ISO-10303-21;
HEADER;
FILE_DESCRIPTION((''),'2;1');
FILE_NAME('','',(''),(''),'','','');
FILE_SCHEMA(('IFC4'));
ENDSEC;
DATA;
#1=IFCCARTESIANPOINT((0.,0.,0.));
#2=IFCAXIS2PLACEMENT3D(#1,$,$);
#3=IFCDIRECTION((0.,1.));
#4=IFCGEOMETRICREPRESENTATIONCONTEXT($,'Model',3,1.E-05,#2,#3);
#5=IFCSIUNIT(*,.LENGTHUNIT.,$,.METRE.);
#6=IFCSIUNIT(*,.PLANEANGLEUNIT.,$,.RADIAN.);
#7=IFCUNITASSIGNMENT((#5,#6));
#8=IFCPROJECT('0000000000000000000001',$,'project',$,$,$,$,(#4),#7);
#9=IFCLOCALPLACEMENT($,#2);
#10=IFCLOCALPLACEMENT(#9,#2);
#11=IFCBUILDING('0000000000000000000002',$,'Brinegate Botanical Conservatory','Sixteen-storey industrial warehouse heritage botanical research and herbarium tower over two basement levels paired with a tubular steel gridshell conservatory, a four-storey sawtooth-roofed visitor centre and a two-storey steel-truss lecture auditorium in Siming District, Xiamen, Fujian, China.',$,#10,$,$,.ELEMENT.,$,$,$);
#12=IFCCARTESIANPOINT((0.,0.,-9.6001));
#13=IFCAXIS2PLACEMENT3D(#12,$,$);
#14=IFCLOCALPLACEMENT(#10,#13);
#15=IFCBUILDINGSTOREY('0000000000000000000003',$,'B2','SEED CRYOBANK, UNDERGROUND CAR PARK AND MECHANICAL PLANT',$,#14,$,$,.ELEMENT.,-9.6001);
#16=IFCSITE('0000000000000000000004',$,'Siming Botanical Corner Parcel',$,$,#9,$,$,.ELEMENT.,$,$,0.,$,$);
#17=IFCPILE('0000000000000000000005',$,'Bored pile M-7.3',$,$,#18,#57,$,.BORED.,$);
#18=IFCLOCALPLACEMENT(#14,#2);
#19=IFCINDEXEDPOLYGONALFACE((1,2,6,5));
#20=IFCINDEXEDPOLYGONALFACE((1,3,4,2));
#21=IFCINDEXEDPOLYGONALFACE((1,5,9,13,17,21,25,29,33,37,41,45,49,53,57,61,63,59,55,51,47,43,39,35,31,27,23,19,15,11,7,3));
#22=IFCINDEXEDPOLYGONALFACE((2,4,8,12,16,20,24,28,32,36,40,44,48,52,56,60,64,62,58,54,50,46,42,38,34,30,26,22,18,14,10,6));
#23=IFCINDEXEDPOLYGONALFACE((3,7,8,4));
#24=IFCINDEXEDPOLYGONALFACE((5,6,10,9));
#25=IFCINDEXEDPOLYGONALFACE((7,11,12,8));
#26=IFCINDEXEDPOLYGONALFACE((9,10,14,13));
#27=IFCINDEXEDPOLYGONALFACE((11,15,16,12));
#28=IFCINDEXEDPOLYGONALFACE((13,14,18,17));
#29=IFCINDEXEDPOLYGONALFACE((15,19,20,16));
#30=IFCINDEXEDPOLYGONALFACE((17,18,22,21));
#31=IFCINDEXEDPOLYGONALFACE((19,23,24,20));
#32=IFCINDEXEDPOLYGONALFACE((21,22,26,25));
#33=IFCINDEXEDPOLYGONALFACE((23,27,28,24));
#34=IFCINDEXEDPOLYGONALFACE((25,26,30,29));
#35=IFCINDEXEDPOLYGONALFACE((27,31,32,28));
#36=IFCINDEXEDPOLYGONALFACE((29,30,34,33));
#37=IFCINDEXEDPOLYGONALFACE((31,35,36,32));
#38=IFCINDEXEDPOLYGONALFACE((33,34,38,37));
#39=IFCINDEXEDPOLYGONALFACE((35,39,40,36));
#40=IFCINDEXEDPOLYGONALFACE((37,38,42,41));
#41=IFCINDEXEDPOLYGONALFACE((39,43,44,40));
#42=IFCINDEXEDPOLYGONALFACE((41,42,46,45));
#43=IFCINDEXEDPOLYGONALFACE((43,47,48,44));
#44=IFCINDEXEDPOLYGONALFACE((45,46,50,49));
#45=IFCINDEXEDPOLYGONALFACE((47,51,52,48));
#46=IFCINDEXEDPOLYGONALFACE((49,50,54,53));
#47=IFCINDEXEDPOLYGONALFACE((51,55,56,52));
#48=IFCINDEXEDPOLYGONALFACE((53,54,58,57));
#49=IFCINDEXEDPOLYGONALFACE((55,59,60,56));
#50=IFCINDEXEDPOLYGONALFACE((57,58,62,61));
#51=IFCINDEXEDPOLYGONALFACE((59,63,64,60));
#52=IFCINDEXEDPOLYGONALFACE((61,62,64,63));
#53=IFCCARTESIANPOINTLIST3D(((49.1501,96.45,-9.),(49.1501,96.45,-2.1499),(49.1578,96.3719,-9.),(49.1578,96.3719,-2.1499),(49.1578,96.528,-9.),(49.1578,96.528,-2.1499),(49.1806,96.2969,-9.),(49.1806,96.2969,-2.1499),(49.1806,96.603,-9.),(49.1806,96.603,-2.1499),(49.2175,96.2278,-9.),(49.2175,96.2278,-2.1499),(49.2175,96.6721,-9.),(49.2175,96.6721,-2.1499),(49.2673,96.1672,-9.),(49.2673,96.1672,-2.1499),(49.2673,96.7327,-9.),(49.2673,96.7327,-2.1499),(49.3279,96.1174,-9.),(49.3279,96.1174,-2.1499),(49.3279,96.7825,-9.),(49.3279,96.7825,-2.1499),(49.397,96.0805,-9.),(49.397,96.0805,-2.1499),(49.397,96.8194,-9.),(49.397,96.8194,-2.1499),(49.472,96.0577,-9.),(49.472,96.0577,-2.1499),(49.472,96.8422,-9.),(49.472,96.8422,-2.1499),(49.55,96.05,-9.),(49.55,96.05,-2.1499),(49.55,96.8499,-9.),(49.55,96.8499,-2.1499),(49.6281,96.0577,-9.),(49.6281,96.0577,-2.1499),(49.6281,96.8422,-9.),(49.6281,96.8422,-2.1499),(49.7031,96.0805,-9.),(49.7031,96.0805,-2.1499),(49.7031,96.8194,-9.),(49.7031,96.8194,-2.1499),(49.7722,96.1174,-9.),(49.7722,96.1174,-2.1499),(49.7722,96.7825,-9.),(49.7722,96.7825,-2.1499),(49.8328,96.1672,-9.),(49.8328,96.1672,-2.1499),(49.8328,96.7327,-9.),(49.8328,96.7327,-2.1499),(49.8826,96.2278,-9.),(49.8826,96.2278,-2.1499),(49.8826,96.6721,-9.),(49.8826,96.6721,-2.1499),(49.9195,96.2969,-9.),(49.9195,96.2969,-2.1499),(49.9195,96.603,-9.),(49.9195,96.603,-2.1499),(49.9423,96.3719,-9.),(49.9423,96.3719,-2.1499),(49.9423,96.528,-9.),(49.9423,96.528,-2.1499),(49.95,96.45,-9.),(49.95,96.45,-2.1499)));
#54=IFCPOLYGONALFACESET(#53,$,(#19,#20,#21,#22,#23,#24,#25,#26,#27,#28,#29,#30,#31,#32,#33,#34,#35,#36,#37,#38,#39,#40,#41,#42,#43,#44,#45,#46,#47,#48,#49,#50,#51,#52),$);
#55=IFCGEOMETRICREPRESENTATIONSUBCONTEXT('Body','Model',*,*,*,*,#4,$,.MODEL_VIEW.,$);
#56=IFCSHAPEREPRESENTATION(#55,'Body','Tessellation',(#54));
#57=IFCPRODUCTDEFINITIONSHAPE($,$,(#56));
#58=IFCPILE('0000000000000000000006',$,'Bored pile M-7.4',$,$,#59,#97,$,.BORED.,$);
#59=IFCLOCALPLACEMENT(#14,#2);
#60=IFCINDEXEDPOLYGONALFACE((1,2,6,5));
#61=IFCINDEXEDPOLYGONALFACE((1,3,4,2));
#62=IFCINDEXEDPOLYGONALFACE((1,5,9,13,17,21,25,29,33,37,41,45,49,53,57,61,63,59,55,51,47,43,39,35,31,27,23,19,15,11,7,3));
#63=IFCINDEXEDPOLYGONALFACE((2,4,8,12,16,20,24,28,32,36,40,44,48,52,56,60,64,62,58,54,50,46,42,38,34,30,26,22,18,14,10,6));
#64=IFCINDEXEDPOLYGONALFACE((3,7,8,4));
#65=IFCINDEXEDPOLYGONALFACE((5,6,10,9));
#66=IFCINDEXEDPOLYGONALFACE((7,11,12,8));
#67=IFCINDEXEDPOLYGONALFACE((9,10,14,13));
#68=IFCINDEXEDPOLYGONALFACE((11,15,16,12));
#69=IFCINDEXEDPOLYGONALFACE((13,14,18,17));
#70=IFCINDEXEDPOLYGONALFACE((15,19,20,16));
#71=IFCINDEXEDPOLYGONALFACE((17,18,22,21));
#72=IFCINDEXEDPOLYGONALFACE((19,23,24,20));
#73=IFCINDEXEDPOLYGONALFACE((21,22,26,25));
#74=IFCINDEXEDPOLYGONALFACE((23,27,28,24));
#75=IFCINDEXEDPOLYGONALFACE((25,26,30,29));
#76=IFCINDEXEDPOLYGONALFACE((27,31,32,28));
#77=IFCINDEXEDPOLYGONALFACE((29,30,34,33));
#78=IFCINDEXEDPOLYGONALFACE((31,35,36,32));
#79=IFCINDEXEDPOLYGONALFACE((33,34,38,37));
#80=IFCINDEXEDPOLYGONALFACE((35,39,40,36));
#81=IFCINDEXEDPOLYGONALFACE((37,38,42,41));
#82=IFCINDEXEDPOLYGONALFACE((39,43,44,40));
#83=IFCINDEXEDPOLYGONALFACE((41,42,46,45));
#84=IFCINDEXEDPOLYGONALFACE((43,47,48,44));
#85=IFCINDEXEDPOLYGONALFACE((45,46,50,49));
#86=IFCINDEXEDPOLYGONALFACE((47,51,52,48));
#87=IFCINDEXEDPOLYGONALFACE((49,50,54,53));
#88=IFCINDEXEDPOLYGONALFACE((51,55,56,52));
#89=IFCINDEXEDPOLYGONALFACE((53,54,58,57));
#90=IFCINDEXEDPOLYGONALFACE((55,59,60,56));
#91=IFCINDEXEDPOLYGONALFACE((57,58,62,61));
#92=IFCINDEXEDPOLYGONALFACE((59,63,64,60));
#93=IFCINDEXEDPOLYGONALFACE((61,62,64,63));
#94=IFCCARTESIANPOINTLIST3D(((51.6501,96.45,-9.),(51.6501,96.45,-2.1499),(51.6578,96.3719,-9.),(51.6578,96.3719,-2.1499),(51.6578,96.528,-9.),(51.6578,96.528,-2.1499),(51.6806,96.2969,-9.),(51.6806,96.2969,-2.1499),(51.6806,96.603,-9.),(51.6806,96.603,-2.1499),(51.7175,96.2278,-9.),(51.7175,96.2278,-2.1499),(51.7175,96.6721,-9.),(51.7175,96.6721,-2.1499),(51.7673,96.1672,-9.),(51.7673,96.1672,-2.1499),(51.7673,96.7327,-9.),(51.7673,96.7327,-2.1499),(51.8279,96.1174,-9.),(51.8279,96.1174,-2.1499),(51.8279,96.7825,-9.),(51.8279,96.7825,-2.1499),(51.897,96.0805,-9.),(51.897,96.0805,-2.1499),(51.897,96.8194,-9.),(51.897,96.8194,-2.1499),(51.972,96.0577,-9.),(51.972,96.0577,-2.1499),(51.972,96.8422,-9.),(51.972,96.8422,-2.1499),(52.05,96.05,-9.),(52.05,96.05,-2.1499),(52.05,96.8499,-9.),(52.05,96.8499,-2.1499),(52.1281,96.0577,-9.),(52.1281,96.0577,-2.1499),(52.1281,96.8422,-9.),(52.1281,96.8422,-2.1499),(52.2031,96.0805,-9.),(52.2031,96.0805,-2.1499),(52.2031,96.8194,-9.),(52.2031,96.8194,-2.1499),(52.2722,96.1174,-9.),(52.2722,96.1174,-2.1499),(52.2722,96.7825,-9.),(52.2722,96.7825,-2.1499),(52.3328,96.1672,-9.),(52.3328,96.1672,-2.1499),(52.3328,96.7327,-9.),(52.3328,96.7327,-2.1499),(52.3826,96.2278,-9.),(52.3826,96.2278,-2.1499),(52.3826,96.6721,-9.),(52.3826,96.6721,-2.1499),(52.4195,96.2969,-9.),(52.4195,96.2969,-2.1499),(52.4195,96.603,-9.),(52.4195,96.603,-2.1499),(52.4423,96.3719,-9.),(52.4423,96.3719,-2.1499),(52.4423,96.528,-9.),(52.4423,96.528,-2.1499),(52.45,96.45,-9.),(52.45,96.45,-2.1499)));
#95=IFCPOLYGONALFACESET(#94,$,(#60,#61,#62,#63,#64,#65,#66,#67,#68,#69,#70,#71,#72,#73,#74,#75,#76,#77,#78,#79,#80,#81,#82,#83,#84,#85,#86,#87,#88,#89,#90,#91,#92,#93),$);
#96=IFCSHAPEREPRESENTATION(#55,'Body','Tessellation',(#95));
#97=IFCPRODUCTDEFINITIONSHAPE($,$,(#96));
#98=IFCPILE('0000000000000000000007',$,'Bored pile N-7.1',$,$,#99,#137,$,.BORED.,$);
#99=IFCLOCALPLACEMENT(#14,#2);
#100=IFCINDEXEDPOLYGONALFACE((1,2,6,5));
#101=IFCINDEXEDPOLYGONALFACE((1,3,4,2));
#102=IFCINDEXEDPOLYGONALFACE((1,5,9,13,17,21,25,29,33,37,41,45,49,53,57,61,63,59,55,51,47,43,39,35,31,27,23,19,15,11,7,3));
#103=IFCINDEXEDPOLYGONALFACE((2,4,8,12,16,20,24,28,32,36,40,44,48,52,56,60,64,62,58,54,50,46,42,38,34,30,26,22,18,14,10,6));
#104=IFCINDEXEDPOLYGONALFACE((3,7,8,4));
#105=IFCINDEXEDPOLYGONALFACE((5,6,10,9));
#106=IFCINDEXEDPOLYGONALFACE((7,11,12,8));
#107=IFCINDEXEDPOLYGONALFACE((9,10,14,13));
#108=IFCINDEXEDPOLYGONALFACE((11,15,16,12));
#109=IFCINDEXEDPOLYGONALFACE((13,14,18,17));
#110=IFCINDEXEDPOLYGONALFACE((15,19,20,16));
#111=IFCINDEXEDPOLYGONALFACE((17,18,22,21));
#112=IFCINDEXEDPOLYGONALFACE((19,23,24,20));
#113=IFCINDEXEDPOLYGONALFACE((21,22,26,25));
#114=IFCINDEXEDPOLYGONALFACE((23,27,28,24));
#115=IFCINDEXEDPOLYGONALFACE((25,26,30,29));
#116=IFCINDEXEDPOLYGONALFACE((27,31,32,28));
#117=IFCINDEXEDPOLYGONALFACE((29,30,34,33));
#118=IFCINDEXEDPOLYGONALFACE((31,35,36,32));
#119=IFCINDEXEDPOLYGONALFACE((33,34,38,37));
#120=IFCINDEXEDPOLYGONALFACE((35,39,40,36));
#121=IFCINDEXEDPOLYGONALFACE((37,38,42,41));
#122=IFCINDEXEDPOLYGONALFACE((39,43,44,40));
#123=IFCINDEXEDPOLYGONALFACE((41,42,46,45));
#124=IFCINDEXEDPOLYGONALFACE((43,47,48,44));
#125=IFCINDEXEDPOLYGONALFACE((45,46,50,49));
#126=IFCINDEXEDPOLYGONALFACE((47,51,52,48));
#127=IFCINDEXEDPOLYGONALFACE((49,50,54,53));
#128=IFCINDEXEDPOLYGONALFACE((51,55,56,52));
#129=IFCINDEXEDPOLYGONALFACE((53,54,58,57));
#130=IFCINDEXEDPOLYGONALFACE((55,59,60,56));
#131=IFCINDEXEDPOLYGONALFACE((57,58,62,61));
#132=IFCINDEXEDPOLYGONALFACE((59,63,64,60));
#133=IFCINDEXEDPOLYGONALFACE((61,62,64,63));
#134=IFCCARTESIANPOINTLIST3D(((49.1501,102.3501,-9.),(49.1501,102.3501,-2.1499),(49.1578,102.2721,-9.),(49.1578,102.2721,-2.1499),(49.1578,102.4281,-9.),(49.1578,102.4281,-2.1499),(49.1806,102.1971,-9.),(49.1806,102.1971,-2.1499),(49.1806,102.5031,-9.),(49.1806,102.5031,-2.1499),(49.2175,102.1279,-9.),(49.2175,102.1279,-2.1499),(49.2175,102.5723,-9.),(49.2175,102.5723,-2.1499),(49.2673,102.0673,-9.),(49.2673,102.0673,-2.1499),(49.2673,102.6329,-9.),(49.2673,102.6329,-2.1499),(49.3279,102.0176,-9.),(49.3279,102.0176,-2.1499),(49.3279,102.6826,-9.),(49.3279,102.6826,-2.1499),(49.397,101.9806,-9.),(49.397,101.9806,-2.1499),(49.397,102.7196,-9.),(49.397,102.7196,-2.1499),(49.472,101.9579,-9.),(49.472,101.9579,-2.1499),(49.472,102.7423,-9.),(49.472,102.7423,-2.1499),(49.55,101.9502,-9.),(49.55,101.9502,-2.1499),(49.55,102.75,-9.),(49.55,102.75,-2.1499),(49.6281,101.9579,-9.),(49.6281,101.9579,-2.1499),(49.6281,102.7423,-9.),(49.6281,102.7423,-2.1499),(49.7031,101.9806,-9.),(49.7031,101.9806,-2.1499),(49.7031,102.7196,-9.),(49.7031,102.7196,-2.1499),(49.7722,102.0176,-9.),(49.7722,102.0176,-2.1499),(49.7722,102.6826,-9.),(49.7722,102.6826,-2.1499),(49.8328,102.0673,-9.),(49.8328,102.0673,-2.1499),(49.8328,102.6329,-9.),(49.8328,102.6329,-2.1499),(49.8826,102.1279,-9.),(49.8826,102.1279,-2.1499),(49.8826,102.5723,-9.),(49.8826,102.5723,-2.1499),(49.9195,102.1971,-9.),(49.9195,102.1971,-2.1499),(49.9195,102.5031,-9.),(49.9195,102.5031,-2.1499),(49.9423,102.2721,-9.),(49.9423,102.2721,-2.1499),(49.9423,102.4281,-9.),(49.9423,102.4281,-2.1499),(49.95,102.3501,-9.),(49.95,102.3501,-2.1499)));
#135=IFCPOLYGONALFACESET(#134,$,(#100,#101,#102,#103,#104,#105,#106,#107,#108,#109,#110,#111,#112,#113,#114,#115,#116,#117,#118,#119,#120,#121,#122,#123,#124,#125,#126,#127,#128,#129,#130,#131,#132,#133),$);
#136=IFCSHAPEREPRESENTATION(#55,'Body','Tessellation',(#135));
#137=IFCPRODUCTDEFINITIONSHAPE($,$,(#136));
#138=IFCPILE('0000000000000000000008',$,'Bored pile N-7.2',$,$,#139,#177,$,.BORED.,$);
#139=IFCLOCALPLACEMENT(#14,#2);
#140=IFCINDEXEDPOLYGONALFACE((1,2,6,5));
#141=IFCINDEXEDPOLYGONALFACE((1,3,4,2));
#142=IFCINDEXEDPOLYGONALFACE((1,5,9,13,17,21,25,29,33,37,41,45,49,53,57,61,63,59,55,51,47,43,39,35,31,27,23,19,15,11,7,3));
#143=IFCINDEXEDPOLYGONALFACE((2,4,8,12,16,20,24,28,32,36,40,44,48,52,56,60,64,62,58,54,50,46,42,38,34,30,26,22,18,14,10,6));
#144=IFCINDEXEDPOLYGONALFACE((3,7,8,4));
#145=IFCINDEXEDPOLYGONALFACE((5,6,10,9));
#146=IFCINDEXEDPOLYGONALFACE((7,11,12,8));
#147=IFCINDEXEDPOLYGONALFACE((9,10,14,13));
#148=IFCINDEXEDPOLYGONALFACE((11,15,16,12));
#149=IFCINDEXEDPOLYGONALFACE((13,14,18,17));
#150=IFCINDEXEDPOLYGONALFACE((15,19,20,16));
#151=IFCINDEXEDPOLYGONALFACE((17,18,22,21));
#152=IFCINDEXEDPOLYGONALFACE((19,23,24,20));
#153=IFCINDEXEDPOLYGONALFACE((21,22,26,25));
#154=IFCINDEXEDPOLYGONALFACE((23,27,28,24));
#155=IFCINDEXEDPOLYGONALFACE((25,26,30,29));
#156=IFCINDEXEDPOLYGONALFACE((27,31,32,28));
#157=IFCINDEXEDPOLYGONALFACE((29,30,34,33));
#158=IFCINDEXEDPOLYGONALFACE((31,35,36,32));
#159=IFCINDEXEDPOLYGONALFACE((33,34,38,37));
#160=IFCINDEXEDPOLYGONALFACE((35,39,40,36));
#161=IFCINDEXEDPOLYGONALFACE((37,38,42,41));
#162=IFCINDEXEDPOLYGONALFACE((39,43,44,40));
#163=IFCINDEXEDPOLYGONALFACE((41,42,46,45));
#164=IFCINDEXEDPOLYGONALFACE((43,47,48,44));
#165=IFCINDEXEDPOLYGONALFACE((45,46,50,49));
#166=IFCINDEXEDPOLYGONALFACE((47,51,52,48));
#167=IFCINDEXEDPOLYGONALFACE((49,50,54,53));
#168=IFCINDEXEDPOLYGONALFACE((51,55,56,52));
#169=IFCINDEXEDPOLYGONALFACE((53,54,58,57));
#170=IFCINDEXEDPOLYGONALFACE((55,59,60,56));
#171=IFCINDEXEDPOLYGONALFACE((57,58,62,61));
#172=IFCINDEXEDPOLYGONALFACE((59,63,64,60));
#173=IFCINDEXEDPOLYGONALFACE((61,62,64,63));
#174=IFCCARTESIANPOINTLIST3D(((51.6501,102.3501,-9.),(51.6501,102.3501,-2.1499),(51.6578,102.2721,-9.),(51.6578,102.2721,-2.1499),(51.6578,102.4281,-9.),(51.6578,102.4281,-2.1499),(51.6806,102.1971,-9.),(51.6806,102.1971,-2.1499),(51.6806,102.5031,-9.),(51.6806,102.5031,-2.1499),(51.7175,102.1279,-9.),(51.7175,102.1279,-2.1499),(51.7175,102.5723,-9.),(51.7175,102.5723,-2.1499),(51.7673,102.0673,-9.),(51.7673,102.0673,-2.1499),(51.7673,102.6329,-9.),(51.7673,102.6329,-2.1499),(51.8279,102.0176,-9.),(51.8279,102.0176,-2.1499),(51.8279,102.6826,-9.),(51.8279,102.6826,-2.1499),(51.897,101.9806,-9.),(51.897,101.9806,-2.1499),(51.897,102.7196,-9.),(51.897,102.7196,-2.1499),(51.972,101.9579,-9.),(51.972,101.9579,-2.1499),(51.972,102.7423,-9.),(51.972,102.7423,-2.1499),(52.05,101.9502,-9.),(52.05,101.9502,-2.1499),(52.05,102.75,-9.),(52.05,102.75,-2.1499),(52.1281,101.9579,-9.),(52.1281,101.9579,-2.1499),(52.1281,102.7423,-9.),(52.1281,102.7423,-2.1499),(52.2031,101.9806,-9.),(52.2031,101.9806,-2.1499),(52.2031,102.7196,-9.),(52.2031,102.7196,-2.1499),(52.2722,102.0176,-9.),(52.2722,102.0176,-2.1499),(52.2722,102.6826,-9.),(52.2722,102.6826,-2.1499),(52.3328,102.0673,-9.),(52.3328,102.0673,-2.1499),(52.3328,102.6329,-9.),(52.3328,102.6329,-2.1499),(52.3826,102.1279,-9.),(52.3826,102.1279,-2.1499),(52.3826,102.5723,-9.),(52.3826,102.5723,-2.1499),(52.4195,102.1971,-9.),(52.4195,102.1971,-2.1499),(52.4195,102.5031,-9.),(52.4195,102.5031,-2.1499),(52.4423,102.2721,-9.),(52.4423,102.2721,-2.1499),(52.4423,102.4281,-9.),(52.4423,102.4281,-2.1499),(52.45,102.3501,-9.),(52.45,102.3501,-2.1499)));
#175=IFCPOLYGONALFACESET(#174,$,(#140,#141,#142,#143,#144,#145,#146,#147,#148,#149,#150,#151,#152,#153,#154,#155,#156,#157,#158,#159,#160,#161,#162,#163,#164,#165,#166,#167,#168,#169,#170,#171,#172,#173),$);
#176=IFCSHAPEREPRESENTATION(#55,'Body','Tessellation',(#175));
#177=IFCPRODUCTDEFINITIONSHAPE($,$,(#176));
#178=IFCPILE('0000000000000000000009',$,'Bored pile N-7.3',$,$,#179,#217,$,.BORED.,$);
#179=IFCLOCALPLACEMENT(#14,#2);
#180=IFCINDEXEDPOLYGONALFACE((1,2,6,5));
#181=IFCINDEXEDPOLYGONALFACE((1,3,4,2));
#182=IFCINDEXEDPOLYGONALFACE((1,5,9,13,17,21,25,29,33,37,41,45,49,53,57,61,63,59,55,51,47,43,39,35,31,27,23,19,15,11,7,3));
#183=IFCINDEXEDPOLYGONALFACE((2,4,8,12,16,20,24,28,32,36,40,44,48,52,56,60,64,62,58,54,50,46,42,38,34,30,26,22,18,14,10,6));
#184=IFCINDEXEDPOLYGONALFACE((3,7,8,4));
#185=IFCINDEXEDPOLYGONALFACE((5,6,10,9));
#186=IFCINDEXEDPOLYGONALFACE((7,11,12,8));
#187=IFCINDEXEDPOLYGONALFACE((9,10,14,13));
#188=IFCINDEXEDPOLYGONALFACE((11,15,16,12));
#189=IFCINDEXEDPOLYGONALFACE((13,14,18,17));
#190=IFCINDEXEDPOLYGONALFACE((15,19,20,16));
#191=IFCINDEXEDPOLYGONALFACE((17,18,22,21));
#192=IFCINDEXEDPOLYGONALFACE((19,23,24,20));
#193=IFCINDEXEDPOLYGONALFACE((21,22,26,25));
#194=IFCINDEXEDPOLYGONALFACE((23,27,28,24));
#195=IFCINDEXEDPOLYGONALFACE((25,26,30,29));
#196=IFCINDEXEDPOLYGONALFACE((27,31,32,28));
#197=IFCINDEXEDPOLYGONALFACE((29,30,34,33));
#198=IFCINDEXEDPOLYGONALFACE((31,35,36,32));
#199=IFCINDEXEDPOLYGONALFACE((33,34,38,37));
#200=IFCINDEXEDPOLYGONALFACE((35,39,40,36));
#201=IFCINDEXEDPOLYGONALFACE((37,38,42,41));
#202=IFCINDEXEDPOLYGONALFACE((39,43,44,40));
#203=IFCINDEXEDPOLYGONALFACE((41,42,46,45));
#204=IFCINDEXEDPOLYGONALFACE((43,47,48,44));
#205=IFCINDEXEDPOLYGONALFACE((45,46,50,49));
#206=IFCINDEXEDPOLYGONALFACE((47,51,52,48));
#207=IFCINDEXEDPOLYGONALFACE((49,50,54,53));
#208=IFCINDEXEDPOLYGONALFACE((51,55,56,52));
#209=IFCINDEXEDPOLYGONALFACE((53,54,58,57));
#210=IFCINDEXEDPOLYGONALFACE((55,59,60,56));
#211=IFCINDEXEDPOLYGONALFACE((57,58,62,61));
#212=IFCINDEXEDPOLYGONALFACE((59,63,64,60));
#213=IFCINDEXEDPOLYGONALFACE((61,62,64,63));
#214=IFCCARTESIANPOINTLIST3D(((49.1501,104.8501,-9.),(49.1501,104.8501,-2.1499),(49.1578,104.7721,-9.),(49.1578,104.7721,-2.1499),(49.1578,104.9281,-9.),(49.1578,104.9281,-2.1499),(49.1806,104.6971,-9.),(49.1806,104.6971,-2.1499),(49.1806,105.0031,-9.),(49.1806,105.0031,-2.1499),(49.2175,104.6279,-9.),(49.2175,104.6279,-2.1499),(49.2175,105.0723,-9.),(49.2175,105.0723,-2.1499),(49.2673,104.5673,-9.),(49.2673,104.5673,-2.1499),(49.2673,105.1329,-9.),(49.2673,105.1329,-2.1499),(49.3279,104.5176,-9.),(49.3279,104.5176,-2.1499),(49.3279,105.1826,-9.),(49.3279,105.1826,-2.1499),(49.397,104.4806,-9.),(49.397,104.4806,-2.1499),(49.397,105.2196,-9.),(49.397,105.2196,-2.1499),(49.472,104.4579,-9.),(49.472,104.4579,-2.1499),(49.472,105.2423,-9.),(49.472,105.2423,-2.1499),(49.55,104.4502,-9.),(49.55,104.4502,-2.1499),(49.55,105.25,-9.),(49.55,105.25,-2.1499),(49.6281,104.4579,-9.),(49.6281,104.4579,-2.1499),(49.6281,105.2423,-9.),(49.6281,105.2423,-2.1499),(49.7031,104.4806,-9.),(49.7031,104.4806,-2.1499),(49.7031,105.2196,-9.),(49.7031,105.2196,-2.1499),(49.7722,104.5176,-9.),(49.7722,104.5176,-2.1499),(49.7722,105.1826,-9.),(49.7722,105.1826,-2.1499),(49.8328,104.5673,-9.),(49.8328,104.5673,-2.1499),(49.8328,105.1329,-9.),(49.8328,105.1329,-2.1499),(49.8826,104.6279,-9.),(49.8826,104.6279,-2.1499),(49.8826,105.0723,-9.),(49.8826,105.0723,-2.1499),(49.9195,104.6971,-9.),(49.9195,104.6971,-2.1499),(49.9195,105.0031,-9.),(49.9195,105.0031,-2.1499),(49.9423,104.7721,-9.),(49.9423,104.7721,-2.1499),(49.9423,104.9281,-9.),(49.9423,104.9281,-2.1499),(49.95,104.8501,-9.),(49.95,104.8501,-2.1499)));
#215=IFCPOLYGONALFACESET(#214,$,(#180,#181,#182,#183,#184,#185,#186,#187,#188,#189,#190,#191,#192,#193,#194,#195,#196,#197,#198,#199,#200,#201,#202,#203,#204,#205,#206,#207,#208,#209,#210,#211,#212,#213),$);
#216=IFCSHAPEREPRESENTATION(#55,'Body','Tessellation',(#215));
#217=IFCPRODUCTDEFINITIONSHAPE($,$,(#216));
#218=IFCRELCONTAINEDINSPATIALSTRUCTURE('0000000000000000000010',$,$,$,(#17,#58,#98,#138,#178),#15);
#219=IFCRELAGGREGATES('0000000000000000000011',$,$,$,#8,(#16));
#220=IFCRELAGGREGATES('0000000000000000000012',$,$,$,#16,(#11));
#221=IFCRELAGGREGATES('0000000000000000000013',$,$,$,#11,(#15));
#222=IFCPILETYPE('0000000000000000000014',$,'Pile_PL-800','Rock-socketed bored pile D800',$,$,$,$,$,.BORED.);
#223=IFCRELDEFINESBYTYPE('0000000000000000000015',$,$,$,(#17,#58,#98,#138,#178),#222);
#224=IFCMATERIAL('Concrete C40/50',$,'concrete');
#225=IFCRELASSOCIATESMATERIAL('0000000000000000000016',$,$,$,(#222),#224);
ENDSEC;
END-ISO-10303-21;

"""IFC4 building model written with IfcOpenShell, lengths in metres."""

from ifc_helpers import new_model, si_unit, direction, frame, origin, origin_2d, place, context, subcontext, project, spatial, circle, extrude, material, material_profile, profile_set, type_object, element, save


model = new_model("IFC4")

# Units and contexts
model_context = context("Model", 3, precision=1e-05, world=origin(), true_north=direction((0.0, 1.0)))
body_context = subcontext(model_context, "Body", "Model", "MODEL_VIEW")
ifc_project = project(units=[si_unit("LENGTHUNIT", "METRE"), si_unit("PLANEANGLEUNIT", "RADIAN")], contexts=[model_context])

# Site, building, storey
site_placement = place(None, origin())
site = spatial("IfcSite", under=ifc_project, at=site_placement, Name="Siming Botanical Corner Parcel", CompositionType="ELEMENT", RefElevation=0.0)
building_placement = place(site_placement, origin())
building = spatial("IfcBuilding", under=site, at=building_placement, Name="Brinegate Botanical Conservatory", Description="Sixteen-storey industrial warehouse heritage botanical research and herbarium tower over two basement levels paired with a tubular steel gridshell conservatory, a four-storey sawtooth-roofed visitor centre and a two-storey steel-truss lecture auditorium in Siming District, Xiamen, Fujian, China.", CompositionType="ELEMENT")
storey_placement = place(building_placement, frame((0.0, 0.0, -9.6001)))
storey = spatial("IfcBuildingStorey", under=building, at=storey_placement, Name="B2", Description="SEED CRYOBANK, UNDERGROUND CAR PARK AND MECHANICAL PLANT", CompositionType="ELEMENT", Elevation=-9.6001)

# Shared definitions
ifc_material = material(Name="Concrete C40/50", Category="concrete")

# Piles
ifc_material_profile_1 = material_profile(ifc_material, circle(Radius=0.3999, at=origin_2d()), Name="PILE D800")
ifc_profile_set_1 = profile_set([ifc_material_profile_1], Name="Concrete C40/50")
pile_type = type_object("IfcPileType", Name="Pile_PL-800", Description="Rock-socketed bored pile D800", PredefinedType="BORED", material=ifc_profile_set_1)
for number, where, z_axis, x_axis, name in (
    (1, (49.55, 96.45, -2.1499), (0.0, 0.0, -1.0), (1.0, 0.0, 0.0), "Bored pile M-7.3"),
    (2, (52.05, 96.45, -2.1499), (0.0, 0.0, -1.0), (1.0, 0.0, 0.0), "Bored pile M-7.4"),
    (3, (49.55, 102.3501, -2.1499), (0.0, 0.0, -1.0), (1.0, 0.0, 0.0), "Bored pile N-7.1"),
    (4, (52.05, 102.3501, -2.1499), (0.0, 0.0, -1.0), (1.0, 0.0, 0.0), "Bored pile N-7.2"),
    (5, (49.55, 104.8501, -2.1499), (0.0, 0.0, -1.0), (1.0, 0.0, 0.0), "Bored pile N-7.3"),
):
    element("IfcPile", number, at=place(storey_placement, frame(where, z_axis=z_axis, x_axis=x_axis)), inside=storey, type_object=pile_type, Name=name, PredefinedType="BORED", context=body_context, shape_type="SweptSolid", body=[
        extrude(circle(Radius=0.3999, at=origin_2d()), origin(), (0.0, 0.0, 1.0), 6.8501),
    ])

save(model, "model.ifc")
